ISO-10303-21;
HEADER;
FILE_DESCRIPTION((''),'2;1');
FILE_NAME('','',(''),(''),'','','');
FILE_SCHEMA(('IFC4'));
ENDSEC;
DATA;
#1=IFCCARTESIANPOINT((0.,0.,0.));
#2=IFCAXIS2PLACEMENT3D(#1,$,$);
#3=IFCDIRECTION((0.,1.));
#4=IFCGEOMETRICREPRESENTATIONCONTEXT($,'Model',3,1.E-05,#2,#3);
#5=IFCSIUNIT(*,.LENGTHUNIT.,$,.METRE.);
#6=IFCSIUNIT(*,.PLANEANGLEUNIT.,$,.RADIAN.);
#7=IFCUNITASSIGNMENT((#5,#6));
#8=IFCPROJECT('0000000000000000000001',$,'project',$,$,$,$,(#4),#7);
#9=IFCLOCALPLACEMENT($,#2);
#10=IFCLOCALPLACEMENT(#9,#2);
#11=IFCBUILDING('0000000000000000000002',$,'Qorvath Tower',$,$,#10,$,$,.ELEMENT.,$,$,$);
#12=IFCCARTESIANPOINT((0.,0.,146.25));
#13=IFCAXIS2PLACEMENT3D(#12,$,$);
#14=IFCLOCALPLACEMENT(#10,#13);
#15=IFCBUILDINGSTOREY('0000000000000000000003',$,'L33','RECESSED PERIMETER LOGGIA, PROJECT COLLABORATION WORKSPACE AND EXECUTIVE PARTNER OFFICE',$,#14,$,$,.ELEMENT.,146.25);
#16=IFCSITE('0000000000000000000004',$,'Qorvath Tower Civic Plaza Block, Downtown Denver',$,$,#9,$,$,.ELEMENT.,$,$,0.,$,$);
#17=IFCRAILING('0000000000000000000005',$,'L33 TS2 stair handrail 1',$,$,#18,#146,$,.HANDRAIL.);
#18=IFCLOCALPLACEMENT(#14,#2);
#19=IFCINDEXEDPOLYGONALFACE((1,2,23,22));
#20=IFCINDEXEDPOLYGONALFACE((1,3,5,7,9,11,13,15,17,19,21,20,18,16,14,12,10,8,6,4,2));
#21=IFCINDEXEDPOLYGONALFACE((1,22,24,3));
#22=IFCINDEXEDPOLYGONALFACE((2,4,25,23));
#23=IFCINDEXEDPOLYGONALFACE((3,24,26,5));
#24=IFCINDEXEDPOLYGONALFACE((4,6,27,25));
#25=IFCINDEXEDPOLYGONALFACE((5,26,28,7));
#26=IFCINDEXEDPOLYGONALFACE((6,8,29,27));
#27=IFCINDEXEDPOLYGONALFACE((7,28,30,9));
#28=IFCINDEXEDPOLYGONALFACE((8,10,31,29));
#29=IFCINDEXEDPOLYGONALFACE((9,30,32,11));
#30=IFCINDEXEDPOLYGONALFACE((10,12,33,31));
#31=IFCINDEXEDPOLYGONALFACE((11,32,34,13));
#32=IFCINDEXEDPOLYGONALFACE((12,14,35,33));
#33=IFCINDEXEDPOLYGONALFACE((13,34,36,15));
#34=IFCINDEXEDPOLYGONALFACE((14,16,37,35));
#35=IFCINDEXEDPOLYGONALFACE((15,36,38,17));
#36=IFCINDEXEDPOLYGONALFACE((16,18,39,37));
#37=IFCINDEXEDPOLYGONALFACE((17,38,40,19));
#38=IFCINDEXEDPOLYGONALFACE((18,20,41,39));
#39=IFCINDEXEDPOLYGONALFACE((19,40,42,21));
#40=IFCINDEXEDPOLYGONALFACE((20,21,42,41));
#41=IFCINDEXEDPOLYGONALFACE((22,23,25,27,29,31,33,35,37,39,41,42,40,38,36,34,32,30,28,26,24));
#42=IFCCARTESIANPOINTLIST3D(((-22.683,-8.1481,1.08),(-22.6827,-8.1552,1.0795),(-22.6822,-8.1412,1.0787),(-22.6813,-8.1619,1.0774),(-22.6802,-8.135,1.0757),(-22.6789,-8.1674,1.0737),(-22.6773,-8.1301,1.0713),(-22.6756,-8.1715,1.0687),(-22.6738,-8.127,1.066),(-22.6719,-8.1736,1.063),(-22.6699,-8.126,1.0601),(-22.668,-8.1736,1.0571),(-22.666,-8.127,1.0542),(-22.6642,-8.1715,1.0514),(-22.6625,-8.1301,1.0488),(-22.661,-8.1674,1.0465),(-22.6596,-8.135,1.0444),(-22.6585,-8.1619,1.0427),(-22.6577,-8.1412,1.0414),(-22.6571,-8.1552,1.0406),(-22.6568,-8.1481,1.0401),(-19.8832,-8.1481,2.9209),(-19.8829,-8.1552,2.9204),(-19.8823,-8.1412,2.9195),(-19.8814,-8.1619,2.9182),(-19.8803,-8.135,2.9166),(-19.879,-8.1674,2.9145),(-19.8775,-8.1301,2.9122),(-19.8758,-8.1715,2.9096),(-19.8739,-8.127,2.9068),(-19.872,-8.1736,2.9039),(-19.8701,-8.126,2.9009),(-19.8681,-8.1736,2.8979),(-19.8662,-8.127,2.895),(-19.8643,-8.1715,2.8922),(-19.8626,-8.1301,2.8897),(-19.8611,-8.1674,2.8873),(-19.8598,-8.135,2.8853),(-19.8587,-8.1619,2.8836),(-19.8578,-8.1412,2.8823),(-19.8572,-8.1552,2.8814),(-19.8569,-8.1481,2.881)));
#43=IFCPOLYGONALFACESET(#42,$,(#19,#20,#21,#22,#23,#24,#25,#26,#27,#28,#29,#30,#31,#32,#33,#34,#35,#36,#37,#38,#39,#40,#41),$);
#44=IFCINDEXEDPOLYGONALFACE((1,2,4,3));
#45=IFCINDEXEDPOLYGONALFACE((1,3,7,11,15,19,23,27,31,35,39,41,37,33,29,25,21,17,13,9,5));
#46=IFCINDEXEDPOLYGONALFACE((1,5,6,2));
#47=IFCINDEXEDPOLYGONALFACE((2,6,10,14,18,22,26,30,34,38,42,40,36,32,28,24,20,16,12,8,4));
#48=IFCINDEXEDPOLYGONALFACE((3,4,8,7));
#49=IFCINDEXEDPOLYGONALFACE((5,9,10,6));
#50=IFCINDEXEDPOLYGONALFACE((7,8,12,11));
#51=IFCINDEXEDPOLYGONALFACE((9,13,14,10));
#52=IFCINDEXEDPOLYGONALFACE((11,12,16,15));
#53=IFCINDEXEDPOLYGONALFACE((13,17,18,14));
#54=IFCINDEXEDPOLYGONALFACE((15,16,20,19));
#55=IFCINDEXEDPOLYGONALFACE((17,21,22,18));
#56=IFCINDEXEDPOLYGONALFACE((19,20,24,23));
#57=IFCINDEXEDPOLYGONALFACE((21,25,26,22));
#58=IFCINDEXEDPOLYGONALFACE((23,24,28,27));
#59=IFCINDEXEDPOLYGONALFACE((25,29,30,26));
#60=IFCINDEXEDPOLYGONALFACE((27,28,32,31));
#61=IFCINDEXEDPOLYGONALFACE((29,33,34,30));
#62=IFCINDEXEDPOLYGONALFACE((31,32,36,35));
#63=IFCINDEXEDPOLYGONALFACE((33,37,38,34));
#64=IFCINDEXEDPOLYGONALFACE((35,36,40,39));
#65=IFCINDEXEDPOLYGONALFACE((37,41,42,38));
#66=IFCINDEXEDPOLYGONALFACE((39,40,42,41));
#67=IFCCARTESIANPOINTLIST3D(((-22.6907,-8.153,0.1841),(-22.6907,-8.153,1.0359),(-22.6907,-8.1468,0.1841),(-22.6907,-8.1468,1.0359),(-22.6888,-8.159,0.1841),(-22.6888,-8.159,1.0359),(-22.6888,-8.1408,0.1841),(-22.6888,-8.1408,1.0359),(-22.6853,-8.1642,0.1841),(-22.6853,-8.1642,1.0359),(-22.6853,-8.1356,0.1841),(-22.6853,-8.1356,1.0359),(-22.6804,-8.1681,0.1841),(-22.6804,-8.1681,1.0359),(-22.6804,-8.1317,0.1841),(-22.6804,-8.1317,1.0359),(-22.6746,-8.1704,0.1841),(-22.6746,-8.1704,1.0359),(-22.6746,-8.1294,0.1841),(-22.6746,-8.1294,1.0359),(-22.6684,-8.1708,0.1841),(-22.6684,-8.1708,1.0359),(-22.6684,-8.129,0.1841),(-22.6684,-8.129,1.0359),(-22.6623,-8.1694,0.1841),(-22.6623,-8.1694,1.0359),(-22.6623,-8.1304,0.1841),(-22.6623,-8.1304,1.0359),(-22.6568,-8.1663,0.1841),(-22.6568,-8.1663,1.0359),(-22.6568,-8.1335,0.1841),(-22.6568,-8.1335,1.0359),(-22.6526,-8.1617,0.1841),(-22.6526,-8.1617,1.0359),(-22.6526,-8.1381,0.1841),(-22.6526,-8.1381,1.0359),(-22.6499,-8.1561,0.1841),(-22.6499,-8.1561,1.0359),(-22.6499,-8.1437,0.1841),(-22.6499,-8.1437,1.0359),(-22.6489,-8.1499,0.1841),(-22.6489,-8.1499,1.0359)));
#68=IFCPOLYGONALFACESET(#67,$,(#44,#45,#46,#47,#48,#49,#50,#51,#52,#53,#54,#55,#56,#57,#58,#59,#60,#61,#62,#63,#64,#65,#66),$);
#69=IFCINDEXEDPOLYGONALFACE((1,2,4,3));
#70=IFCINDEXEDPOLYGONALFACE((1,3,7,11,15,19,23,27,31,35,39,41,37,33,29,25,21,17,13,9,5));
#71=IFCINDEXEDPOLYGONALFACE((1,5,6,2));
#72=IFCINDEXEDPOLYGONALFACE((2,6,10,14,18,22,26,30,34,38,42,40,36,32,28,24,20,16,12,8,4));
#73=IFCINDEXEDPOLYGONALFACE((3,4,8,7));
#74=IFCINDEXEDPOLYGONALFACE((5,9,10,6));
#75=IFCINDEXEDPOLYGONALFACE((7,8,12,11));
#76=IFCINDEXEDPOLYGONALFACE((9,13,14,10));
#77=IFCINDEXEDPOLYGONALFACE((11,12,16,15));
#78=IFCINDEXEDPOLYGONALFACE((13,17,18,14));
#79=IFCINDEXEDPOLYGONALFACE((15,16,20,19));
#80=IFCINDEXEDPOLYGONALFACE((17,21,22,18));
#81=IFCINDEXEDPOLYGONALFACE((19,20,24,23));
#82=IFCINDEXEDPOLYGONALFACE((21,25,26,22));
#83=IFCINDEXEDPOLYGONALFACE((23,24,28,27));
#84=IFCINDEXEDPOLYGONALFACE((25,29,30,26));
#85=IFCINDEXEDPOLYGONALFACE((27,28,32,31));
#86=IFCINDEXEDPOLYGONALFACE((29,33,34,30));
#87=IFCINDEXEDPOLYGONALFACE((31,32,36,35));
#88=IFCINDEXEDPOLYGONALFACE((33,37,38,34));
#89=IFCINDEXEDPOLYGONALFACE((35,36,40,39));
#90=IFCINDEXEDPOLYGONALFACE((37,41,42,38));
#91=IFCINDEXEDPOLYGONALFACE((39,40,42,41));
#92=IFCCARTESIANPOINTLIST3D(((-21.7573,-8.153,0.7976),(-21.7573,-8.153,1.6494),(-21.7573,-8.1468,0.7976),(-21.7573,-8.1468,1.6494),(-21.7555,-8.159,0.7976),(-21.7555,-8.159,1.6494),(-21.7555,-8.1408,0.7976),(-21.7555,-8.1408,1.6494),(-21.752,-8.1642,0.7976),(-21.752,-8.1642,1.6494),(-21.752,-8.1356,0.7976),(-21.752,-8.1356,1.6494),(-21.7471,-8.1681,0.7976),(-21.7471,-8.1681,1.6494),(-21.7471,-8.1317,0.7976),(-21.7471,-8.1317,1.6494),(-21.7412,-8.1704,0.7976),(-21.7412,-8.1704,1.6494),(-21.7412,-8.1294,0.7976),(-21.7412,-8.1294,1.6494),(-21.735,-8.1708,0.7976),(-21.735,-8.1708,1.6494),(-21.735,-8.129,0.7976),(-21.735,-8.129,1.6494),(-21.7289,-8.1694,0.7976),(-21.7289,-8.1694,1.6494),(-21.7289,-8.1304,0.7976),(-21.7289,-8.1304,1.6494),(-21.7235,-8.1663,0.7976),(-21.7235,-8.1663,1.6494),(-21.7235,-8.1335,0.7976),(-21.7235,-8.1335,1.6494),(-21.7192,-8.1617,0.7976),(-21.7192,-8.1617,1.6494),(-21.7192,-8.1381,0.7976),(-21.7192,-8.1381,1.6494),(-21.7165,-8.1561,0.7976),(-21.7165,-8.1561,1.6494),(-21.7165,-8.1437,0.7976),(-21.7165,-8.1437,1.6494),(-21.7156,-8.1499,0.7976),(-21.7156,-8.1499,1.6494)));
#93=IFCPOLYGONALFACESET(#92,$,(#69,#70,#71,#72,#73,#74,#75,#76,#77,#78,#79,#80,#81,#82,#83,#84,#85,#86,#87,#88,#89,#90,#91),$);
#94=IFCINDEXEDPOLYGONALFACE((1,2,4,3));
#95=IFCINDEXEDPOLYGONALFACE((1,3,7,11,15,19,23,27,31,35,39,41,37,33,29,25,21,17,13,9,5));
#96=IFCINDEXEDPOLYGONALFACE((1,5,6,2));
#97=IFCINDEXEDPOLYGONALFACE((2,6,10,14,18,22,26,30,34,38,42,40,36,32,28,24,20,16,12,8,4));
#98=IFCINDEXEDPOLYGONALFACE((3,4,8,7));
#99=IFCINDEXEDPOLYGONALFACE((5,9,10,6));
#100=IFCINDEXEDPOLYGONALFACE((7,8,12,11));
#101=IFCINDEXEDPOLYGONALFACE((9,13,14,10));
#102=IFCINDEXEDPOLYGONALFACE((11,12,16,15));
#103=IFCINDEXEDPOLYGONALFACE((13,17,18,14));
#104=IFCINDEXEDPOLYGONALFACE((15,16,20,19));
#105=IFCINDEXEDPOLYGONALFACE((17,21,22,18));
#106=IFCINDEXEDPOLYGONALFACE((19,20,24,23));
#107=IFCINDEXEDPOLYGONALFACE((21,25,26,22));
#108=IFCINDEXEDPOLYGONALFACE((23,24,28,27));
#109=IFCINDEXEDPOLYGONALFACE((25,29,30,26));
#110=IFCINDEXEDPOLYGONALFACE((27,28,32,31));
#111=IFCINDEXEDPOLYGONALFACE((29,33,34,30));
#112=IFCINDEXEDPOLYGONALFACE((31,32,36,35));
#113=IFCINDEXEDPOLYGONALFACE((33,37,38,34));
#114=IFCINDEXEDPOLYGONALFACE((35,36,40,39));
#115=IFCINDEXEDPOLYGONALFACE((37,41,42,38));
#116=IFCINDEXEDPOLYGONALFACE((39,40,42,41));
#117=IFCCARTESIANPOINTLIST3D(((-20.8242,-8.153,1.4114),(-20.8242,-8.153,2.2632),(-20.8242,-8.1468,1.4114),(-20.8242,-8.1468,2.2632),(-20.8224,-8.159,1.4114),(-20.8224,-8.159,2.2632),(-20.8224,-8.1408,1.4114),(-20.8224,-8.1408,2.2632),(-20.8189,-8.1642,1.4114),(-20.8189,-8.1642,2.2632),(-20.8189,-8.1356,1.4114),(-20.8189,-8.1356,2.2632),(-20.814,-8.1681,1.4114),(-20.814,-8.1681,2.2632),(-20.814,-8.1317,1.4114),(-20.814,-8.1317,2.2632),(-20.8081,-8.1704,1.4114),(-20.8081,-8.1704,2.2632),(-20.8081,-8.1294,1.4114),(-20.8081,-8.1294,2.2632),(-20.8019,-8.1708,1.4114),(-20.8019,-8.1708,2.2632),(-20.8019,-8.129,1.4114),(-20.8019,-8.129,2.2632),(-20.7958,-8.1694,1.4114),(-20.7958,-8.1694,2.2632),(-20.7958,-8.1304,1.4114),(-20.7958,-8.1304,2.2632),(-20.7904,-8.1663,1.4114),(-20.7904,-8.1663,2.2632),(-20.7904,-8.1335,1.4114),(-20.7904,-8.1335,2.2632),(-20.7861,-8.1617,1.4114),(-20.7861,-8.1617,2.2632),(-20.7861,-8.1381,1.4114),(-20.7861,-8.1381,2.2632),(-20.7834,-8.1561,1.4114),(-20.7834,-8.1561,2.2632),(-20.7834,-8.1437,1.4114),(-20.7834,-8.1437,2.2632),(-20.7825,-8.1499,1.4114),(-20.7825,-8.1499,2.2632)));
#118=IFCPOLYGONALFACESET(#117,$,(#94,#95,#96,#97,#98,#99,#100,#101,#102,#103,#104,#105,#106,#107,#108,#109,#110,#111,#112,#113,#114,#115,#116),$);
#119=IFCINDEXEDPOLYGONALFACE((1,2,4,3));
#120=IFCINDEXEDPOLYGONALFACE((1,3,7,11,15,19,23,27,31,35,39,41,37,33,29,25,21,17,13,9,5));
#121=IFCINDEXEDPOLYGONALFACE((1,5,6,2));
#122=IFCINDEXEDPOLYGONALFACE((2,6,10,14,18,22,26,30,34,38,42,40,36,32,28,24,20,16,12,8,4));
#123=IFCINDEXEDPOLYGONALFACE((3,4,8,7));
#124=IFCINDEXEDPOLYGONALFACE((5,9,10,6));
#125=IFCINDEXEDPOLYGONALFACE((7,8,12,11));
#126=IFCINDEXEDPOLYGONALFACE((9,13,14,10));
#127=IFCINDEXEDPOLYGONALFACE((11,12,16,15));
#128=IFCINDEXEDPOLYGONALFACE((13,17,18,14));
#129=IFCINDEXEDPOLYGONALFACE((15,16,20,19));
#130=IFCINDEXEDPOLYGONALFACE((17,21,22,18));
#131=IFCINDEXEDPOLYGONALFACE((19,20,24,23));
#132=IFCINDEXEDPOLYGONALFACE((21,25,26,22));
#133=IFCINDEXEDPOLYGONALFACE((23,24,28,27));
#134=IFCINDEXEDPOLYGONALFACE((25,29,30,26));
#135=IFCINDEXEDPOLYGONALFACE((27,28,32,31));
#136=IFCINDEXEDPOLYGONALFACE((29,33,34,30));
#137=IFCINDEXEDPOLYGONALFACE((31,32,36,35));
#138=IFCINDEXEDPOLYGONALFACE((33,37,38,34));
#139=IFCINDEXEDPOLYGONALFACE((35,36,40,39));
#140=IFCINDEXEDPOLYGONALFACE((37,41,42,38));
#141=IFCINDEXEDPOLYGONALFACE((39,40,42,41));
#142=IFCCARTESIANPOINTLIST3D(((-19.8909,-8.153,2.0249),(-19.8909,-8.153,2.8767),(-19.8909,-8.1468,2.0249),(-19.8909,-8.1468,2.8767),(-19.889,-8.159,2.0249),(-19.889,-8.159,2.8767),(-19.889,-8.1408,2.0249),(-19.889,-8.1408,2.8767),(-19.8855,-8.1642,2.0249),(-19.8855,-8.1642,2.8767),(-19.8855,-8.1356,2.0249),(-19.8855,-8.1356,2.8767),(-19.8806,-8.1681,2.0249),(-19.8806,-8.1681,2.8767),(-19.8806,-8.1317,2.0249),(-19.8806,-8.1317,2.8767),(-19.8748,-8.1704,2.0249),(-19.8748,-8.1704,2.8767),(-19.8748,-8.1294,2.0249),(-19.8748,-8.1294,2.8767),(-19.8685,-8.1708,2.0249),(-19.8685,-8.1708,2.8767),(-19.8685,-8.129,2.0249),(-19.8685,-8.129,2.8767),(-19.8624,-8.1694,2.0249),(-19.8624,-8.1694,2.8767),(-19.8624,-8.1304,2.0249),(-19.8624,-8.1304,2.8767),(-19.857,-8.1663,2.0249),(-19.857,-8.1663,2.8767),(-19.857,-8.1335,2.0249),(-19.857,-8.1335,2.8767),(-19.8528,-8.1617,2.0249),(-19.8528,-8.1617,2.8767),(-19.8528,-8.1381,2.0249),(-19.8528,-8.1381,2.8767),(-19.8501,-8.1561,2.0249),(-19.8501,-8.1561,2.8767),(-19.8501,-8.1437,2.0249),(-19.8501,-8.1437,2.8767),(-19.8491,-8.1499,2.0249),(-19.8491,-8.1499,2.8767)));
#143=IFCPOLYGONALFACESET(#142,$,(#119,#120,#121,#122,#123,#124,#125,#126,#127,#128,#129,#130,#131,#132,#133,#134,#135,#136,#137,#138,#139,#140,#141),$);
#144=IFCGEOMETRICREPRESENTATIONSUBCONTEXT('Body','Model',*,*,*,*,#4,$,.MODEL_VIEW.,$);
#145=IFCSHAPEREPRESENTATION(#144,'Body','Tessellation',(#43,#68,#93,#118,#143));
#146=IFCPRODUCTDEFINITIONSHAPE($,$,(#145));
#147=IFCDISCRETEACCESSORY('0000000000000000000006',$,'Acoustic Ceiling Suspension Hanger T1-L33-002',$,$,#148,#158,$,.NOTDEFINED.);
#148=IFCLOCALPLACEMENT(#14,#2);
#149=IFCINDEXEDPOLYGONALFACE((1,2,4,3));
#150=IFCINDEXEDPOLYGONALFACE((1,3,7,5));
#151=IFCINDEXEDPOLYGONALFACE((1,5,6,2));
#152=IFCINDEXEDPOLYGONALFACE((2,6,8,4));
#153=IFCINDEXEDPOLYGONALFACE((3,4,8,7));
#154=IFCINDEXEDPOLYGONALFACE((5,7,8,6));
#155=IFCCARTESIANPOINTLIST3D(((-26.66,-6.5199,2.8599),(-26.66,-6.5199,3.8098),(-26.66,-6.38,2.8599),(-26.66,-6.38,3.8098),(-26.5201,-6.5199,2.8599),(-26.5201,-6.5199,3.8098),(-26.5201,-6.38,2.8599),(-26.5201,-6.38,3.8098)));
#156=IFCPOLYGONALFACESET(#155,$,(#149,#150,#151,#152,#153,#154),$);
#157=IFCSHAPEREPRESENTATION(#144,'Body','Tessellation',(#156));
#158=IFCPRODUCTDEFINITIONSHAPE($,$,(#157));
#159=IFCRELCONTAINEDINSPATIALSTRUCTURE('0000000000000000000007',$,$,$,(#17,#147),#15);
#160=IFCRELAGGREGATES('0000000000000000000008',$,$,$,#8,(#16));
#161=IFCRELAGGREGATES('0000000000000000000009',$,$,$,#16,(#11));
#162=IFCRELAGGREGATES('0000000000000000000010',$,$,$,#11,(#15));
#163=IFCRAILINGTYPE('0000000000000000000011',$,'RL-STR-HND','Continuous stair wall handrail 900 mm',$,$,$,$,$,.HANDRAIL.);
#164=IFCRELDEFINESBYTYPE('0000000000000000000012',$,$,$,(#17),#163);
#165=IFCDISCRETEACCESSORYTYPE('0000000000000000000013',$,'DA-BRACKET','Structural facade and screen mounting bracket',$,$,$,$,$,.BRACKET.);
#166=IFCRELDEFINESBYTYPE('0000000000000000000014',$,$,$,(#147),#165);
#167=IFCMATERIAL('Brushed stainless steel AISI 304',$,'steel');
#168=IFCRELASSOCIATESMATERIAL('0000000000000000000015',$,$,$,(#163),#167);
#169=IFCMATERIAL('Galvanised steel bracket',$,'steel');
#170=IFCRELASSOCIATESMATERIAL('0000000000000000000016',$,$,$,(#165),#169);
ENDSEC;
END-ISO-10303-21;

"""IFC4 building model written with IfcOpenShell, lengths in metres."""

from ifc_helpers import new_model, si_unit, direction, frame, origin, origin_2d, place, context, subcontext, project, spatial, rectangle, circle, extrude, material, type_object, element, save


model = new_model("IFC4")

# Units and contexts
model_context = context("Model", 3, precision=1e-05, world=origin(), true_north=direction((0.0, 1.0)))
body_context = subcontext(model_context, "Body", "Model", "MODEL_VIEW")
ifc_project = project(units=[si_unit("LENGTHUNIT", "METRE"), si_unit("PLANEANGLEUNIT", "RADIAN")], contexts=[model_context])

# Site, building, storey
site_placement = place(None, origin())
site = spatial("IfcSite", under=ifc_project, at=site_placement, Name="Qorvath Tower Civic Plaza Block, Downtown Denver", CompositionType="ELEMENT", RefElevation=0.0)
building_placement = place(site_placement, origin())
building = spatial("IfcBuilding", under=site, at=building_placement, Name="Qorvath Tower", CompositionType="ELEMENT")
storey_placement = place(building_placement, frame((0.0, 0.0, 146.25)))
storey = spatial("IfcBuildingStorey", under=building, at=storey_placement, Name="L33", Description="RECESSED PERIMETER LOGGIA, PROJECT COLLABORATION WORKSPACE AND EXECUTIVE PARTNER OFFICE", CompositionType="ELEMENT", Elevation=146.25)

# Railing
ifc_material_1 = material(Name="Brushed stainless steel AISI 304", Category="steel")
railing_type_1 = type_object("IfcRailingType", Name="RL-STR-HND", Description="Continuous stair wall handrail 900 mm", PredefinedType="HANDRAIL", material=ifc_material_1)
railing_1_placement = place(storey_placement, frame((-22.6699, -8.1499, 0.1841)))
element("IfcRailing", 1, at=railing_1_placement, inside=storey, type_object=railing_type_1, Name="L33 TS2 stair handrail 1", PredefinedType="HANDRAIL", context=body_context, shape_type="SweptSolid", body=[
    extrude(circle(Radius=0.0239, at=origin_2d()), frame((0.0, 0.0, 0.876), z_axis=(0.835576, 0.0, 0.549376), x_axis=(0.0, 1.0, 0.0)), (0.0, 0.0, 1.0), 3.3508),
    extrude(circle(Radius=0.021, at=origin_2d()), origin(), (0.0, 0.0, 1.0), 0.8518),
    extrude(circle(Radius=0.021, at=origin_2d()), frame((0.9333, 0.0, 0.6135)), (0.0, 0.0, 1.0), 0.8518),
    extrude(circle(Radius=0.021, at=origin_2d()), frame((1.8665, 0.0, 1.2273)), (0.0, 0.0, 1.0), 0.8518),
    extrude(circle(Radius=0.021, at=origin_2d()), frame((2.7998, 0.0, 1.8408)), (0.0, 0.0, 1.0), 0.8518),
])

# Discrete accessory
ifc_material_2 = material(Name="Galvanised steel bracket", Category="steel")
discrete_accessory_type = type_object("IfcDiscreteAccessoryType", Name="DA-BRACKET", Description="Structural facade and screen mounting bracket", PredefinedType="BRACKET", material=ifc_material_2)
discrete_accessory_placement = place(storey_placement, frame((-26.5901, -6.45, 2.8599), z_axis=(0.0, 0.0, 1.0), x_axis=(1.0, 0.0, 0.0)))
element("IfcDiscreteAccessory", 2, at=discrete_accessory_placement, inside=storey, type_object=discrete_accessory_type, Name="Acoustic Ceiling Suspension Hanger T1-L33-002", PredefinedType="NOTDEFINED", context=body_context, shape_type="SweptSolid", body=[
    extrude(rectangle(XDim=0.1399, YDim=0.1399, at=origin_2d()), origin(), (0.0, 0.0, 1.0), 0.95),
])

save(model, "model.ifc")
